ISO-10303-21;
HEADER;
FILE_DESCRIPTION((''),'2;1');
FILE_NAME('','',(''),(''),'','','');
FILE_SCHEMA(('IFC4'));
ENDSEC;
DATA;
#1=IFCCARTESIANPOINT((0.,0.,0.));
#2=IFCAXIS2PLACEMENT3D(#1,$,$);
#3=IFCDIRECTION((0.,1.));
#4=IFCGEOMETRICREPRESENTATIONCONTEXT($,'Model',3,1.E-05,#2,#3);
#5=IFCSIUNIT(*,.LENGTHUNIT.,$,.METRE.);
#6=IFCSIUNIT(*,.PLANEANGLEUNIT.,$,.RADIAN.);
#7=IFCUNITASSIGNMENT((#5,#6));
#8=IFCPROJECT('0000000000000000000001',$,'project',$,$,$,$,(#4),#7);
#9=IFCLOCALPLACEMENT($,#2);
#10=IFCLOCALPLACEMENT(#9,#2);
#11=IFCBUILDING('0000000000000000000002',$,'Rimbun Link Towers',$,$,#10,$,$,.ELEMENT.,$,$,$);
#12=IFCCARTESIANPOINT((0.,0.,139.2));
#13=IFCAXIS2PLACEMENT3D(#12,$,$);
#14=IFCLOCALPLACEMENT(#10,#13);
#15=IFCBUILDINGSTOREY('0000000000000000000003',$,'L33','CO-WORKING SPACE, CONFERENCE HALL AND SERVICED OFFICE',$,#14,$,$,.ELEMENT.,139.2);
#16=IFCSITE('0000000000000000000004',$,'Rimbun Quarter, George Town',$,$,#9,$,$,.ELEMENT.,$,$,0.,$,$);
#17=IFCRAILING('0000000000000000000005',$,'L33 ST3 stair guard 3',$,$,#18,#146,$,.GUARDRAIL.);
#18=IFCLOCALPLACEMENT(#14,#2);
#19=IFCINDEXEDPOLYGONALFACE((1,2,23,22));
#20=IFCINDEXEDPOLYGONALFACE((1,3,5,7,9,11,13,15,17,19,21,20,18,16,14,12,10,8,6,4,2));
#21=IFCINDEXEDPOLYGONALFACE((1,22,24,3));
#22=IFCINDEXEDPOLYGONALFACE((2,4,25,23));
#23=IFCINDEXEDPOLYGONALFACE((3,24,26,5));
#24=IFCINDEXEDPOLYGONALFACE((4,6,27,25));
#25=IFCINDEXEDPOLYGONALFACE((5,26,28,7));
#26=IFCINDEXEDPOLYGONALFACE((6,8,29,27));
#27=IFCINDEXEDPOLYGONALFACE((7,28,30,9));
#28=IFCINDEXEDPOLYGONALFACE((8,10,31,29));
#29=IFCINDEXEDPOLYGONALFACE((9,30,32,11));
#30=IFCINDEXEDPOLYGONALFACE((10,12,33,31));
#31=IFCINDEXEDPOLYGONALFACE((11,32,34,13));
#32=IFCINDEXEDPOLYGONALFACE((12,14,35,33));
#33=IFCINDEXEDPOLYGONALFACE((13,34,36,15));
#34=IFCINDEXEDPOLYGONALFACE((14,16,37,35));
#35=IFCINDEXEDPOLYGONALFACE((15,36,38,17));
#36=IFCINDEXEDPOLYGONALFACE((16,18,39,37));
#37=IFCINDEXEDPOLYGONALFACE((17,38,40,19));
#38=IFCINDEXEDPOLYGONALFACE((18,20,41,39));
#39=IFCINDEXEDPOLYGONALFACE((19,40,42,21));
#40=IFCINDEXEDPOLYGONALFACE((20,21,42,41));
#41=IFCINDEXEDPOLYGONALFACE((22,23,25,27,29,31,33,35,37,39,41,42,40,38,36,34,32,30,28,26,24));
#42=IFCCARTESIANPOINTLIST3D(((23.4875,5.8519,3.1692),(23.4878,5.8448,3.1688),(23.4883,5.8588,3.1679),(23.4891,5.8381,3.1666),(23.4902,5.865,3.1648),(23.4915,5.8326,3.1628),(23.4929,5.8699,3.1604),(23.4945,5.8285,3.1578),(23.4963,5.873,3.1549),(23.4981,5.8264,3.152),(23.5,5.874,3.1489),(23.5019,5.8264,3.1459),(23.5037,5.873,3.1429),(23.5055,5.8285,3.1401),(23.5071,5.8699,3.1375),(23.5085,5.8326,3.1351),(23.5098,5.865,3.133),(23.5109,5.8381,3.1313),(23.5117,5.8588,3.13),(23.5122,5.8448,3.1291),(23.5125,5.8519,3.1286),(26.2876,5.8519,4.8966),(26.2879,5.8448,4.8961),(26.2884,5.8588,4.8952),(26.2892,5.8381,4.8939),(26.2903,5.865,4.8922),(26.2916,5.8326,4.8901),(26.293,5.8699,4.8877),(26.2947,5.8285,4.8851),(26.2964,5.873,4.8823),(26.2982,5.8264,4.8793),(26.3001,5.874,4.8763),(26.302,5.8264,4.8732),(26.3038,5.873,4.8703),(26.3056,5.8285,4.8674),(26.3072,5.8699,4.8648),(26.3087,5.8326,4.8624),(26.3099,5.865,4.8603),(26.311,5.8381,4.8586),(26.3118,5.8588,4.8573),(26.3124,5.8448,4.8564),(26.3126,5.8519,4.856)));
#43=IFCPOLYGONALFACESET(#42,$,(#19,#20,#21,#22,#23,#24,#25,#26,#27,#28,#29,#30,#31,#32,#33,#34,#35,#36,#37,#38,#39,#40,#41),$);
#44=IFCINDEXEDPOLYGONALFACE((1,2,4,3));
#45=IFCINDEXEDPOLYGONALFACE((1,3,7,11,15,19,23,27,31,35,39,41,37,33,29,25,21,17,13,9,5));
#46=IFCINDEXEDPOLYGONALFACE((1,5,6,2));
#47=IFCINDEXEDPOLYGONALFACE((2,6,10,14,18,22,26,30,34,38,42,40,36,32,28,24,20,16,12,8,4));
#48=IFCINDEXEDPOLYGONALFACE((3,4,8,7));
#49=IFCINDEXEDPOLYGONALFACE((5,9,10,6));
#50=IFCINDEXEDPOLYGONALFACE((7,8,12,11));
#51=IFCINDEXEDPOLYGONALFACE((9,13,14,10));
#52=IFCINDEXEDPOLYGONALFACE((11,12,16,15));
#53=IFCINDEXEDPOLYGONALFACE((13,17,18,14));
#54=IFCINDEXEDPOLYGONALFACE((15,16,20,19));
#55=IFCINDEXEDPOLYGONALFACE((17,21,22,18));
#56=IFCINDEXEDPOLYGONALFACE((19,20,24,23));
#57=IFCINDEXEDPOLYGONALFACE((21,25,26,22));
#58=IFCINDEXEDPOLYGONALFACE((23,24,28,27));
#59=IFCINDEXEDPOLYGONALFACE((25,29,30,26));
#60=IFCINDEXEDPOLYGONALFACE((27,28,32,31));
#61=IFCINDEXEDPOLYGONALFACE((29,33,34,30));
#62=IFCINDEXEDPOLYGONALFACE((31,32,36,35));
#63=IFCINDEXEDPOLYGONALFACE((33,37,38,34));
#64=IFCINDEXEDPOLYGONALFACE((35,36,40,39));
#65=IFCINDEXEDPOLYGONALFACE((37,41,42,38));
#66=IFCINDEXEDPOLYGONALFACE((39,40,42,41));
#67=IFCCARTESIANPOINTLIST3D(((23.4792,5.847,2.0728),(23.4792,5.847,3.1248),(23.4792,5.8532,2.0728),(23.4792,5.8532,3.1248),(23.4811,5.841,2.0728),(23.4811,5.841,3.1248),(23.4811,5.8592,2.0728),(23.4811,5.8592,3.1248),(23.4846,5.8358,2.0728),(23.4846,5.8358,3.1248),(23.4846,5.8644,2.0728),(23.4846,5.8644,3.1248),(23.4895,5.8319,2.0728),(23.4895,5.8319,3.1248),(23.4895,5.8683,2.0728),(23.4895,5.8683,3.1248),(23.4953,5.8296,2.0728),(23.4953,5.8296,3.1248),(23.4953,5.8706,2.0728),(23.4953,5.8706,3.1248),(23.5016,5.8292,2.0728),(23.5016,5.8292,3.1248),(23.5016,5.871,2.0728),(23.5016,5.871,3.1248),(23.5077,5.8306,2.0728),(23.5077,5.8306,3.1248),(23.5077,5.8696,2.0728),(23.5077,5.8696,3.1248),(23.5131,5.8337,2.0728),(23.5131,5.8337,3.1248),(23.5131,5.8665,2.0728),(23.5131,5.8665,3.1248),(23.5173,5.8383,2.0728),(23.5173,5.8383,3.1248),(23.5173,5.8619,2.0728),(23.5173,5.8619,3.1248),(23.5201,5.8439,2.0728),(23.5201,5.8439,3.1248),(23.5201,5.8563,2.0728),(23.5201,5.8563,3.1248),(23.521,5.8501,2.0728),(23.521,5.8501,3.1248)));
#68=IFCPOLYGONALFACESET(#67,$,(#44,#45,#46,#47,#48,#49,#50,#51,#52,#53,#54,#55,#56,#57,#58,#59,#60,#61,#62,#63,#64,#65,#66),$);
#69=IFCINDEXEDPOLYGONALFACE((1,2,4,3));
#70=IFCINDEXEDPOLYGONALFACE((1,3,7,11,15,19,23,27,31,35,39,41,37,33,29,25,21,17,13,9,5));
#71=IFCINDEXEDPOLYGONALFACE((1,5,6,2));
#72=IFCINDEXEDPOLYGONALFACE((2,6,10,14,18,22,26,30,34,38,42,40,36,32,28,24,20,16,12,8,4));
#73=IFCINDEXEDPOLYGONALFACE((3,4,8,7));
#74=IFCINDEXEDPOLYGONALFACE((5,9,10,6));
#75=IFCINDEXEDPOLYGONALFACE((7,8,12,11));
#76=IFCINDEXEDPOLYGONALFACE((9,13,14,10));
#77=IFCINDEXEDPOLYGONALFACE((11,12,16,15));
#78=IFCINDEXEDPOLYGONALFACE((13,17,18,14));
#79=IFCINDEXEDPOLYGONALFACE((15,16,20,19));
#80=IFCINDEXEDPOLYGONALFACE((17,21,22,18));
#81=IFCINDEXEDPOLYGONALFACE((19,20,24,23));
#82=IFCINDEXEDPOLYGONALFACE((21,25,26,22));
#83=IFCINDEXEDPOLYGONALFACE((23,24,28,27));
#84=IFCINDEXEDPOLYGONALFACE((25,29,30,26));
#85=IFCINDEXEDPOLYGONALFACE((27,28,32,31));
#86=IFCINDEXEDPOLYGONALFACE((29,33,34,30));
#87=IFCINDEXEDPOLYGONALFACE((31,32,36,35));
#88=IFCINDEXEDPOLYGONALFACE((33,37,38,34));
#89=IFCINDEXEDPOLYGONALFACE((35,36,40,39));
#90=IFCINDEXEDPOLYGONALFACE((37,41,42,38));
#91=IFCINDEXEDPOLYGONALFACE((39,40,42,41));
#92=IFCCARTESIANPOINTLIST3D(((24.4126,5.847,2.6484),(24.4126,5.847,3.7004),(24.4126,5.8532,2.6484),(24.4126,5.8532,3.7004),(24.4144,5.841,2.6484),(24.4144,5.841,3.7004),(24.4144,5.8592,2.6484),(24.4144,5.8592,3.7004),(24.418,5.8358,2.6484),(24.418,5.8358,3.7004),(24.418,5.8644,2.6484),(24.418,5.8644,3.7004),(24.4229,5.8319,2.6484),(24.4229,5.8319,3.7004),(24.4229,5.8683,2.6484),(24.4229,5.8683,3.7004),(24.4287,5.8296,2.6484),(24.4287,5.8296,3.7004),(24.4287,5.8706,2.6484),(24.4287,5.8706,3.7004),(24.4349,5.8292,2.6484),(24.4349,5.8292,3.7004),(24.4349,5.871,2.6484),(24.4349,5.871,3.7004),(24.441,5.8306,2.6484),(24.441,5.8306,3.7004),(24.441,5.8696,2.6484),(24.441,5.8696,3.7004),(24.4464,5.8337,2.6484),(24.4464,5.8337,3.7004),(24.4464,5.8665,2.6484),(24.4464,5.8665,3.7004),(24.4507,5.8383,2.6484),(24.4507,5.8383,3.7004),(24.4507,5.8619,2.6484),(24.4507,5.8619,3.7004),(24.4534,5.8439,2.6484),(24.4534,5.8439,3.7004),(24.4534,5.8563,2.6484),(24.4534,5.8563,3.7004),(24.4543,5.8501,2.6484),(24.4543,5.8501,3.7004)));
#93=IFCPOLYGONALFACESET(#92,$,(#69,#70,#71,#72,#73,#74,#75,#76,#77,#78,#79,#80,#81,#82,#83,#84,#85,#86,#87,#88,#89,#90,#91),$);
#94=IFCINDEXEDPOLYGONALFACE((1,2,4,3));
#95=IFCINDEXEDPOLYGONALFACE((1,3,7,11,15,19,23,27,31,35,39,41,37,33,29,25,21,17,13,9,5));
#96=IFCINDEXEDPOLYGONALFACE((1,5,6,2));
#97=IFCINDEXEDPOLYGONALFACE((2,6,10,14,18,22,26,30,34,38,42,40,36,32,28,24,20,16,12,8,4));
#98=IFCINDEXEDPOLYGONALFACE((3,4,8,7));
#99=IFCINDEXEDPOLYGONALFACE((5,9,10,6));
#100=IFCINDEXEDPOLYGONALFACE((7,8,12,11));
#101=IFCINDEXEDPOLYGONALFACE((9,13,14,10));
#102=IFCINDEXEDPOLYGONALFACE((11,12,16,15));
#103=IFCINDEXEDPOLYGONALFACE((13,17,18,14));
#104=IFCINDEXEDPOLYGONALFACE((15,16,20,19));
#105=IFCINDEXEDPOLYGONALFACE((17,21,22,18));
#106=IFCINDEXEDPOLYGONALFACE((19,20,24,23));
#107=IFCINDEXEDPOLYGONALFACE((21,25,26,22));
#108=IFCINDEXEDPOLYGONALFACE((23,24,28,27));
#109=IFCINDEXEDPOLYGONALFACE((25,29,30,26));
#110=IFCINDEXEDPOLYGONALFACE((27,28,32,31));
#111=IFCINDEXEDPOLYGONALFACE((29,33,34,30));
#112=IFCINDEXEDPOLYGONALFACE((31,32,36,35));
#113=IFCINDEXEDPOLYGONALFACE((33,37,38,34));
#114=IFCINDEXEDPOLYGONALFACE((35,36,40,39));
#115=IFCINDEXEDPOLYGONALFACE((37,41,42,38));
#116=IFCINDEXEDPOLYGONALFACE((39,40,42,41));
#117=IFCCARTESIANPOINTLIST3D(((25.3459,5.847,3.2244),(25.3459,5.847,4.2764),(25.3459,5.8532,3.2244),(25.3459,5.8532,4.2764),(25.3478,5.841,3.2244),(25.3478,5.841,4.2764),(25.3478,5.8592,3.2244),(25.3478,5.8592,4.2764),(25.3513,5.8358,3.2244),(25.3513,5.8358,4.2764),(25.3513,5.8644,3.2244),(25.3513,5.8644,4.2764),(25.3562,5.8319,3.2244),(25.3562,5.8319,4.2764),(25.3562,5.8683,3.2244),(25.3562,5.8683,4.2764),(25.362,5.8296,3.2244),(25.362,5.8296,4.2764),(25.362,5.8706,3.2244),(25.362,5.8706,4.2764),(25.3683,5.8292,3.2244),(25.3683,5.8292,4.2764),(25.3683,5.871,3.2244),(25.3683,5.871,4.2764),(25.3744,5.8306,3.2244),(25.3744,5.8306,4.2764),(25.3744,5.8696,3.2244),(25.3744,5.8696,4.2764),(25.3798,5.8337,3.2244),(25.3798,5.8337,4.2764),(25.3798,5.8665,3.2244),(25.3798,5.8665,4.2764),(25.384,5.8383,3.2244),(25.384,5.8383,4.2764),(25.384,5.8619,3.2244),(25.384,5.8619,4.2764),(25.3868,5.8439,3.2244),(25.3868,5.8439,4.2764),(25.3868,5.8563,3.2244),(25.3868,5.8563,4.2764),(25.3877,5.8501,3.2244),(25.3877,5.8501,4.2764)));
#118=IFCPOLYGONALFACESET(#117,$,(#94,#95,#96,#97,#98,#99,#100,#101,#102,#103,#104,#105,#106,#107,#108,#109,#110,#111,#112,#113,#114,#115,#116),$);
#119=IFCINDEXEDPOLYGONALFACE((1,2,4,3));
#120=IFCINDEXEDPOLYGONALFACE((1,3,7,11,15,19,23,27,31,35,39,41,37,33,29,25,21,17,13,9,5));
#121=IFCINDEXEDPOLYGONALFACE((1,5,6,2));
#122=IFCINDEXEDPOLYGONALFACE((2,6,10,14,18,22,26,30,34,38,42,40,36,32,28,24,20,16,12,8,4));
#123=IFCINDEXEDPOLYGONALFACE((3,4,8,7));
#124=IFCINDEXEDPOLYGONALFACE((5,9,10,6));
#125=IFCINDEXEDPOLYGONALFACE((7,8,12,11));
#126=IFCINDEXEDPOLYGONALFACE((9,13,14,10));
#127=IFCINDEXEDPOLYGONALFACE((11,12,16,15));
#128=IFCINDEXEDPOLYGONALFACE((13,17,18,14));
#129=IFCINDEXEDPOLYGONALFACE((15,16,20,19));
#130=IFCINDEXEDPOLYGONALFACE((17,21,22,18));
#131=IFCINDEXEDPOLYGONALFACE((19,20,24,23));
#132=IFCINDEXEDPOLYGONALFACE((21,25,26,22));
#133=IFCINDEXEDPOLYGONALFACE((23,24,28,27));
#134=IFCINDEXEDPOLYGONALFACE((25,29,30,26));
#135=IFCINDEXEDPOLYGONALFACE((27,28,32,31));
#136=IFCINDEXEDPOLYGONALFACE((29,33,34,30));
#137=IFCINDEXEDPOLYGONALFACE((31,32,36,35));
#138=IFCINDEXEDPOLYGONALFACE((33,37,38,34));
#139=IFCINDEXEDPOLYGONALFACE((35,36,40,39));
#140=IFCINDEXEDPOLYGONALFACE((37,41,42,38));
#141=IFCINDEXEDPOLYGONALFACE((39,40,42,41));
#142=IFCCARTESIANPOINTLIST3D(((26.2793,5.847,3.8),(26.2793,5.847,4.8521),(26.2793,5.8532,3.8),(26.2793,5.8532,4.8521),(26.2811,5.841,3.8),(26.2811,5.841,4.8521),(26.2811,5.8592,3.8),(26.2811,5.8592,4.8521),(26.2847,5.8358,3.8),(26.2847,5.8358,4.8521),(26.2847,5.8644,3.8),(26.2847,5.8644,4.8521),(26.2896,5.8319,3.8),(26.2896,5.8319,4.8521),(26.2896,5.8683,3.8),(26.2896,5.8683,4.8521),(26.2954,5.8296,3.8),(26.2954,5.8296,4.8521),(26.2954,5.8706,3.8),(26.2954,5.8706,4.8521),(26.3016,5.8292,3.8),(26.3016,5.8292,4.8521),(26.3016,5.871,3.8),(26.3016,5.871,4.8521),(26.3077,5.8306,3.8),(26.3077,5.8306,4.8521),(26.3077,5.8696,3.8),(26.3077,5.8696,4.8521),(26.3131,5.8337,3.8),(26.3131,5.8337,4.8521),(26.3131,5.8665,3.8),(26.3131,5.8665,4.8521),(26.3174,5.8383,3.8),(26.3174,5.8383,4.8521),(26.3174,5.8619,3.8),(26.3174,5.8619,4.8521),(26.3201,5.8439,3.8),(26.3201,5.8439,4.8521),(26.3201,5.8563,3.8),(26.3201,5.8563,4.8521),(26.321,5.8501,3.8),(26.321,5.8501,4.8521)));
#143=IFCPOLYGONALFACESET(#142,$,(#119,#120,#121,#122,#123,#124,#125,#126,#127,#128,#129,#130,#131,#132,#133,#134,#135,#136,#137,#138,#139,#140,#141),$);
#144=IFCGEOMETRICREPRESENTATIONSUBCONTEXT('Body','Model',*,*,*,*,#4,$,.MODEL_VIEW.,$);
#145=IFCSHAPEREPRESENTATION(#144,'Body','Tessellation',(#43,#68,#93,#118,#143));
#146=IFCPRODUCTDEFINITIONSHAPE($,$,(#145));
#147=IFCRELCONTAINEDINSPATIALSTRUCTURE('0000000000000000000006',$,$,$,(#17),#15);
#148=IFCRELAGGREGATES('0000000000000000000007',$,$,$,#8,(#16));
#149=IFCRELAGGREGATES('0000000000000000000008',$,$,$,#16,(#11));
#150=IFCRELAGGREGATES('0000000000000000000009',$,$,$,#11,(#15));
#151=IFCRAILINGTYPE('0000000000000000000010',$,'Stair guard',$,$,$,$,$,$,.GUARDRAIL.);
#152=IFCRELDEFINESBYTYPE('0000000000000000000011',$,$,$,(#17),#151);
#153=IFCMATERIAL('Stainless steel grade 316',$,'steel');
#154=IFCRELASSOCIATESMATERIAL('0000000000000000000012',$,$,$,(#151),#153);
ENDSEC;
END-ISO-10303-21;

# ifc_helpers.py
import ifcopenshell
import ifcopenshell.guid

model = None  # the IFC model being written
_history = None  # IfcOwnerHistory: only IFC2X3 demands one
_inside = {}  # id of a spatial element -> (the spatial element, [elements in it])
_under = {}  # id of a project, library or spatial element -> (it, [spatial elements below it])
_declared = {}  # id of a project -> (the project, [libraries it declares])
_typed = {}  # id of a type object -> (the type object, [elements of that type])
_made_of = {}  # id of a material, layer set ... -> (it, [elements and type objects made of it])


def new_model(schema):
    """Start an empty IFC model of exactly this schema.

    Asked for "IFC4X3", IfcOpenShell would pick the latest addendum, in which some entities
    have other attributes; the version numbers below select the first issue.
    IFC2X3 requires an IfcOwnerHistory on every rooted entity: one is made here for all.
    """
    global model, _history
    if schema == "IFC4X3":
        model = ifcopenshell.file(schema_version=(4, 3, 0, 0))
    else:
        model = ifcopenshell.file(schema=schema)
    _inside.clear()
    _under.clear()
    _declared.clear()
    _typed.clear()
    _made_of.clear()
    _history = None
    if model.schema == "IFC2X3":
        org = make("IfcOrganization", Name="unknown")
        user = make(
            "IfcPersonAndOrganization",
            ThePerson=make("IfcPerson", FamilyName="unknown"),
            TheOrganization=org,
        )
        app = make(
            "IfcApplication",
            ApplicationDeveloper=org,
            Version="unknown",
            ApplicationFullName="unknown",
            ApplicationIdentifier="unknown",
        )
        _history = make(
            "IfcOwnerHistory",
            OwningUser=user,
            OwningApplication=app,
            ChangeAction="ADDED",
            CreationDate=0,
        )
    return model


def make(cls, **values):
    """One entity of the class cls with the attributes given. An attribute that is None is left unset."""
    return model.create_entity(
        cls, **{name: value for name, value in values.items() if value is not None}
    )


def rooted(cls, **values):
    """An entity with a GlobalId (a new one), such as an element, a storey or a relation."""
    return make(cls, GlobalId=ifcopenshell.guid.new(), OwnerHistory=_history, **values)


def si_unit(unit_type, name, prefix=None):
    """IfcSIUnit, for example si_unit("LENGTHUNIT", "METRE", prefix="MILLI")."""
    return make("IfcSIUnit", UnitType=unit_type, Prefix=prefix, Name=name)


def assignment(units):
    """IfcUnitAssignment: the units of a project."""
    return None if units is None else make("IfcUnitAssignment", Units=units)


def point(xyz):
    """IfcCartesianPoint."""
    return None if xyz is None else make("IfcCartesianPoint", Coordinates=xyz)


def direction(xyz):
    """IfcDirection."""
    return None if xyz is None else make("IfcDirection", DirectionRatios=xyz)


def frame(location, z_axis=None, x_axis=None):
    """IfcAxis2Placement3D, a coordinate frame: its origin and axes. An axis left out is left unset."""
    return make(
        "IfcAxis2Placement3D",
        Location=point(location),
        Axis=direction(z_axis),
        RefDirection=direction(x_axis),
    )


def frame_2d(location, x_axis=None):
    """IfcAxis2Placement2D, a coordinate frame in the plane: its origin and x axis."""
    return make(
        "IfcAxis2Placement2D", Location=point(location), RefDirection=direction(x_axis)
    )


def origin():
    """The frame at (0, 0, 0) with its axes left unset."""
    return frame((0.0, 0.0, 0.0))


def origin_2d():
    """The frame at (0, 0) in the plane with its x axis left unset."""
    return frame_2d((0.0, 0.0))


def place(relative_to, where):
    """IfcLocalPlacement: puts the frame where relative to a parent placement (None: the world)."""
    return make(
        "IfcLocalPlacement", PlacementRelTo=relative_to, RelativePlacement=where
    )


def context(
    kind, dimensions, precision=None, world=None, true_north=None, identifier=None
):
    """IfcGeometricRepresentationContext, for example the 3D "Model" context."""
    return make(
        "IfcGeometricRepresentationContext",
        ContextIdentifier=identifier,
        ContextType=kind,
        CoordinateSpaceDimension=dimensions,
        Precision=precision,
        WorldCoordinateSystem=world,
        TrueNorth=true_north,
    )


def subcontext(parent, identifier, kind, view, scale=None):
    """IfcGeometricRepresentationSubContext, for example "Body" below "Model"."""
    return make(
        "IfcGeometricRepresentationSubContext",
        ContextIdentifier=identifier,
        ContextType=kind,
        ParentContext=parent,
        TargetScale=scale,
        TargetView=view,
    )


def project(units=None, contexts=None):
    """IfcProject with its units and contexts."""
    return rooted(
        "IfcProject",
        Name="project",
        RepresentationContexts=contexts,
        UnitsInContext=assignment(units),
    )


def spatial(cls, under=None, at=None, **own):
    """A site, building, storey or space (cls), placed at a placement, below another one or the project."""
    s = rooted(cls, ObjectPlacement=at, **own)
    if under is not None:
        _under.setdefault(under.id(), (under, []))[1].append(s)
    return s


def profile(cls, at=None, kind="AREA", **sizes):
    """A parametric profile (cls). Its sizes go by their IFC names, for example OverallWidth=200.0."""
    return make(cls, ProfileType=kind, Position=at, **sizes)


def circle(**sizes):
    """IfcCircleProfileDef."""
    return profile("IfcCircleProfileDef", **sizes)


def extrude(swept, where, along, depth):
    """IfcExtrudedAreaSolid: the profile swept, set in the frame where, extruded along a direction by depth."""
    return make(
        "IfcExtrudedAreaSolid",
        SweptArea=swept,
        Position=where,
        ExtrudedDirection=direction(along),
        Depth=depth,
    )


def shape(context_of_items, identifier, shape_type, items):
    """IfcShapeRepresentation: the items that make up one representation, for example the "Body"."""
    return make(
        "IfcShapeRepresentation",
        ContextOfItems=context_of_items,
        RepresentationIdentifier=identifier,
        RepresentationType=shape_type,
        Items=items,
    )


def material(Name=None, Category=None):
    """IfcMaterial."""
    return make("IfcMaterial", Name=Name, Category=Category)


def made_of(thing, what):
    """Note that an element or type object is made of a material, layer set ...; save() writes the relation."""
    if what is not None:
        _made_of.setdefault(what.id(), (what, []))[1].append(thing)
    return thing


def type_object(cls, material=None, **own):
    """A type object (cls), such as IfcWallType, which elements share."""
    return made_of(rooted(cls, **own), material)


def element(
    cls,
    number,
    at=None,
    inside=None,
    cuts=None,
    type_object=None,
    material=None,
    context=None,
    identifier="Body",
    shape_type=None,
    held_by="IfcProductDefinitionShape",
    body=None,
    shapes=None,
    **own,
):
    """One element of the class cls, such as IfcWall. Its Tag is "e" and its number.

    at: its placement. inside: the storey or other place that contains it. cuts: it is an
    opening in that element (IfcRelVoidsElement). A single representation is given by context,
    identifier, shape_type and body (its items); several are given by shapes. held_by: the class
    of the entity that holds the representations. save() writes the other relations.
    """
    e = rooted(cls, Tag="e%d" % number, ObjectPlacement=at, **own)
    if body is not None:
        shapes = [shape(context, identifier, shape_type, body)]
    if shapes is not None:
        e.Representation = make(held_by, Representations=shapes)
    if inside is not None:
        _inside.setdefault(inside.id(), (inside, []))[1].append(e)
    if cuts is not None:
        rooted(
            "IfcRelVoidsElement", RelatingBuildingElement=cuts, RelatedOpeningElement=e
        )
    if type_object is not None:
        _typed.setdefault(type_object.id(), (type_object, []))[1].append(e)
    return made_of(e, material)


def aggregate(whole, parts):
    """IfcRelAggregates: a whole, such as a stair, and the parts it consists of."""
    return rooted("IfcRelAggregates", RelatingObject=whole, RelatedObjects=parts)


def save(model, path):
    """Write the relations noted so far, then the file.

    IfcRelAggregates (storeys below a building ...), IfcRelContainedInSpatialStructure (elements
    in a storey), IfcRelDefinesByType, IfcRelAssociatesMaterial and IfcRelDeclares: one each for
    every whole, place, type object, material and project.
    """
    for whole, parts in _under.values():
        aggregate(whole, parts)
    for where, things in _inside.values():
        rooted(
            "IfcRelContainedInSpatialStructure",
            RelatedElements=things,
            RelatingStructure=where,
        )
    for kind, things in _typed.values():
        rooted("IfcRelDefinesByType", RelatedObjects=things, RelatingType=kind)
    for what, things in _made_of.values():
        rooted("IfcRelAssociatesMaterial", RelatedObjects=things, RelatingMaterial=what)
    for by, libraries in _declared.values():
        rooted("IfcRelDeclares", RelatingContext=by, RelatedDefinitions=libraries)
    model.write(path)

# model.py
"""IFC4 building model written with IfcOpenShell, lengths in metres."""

from ifc_helpers import new_model, si_unit, direction, frame, origin, origin_2d, place, context, subcontext, project, spatial, circle, extrude, material, type_object, element, save


model = new_model("IFC4")

# Units and contexts
model_context = context("Model", 3, precision=1e-05, world=origin(), true_north=direction((0.0, 1.0)))
body_context = subcontext(model_context, "Body", "Model", "MODEL_VIEW")
ifc_project = project(units=[si_unit("LENGTHUNIT", "METRE"), si_unit("PLANEANGLEUNIT", "RADIAN")], contexts=[model_context])

# Site, building, storey
site_placement = place(None, origin())
site = spatial("IfcSite", under=ifc_project, at=site_placement, Name="Rimbun Quarter, George Town", CompositionType="ELEMENT", RefElevation=0.0)
building_placement = place(site_placement, origin())
building = spatial("IfcBuilding", under=site, at=building_placement, Name="Rimbun Link Towers", CompositionType="ELEMENT")
storey_placement = place(building_placement, frame((0.0, 0.0, 139.2)))
storey = spatial("IfcBuildingStorey", under=building, at=storey_placement, Name="L33", Description="CO-WORKING SPACE, CONFERENCE HALL AND SERVICED OFFICE", CompositionType="ELEMENT", Elevation=139.2)

# Railing
ifc_material_1 = material(Name="Stainless steel grade 316", Category="steel")
railing_type_1 = type_object("IfcRailingType", Name="Stair guard", PredefinedType="GUARDRAIL", material=ifc_material_1)
railing_1_placement = place(storey_placement, frame((23.5, 5.8501, 2.0728)))
element("IfcRailing", 1, at=railing_1_placement, inside=storey, type_object=railing_type_1, Name="L33 ST3 stair guard 3", PredefinedType="GUARDRAIL", context=body_context, shape_type="SweptSolid", body=[
    extrude(circle(Radius=0.0239, at=origin_2d()), frame((0.0, 0.0, 1.0762), z_axis=(0.85109, 0.0, 0.52502), x_axis=(0.0, 1.0, 0.0)), (0.0, 0.0, 1.0), 3.29),
    extrude(circle(Radius=0.021, at=origin_2d()), origin(), (0.0, 0.0, 1.0), 1.052),
    extrude(circle(Radius=0.021, at=origin_2d()), frame((0.9333, 0.0, 0.5757)), (0.0, 0.0, 1.0), 1.052),
    extrude(circle(Radius=0.021, at=origin_2d()), frame((1.8667, 0.0, 1.1516)), (0.0, 0.0, 1.0), 1.052),
    extrude(circle(Radius=0.021, at=origin_2d()), frame((2.8, 0.0, 1.7273)), (0.0, 0.0, 1.0), 1.052),
])

save(model, "model.ifc")
